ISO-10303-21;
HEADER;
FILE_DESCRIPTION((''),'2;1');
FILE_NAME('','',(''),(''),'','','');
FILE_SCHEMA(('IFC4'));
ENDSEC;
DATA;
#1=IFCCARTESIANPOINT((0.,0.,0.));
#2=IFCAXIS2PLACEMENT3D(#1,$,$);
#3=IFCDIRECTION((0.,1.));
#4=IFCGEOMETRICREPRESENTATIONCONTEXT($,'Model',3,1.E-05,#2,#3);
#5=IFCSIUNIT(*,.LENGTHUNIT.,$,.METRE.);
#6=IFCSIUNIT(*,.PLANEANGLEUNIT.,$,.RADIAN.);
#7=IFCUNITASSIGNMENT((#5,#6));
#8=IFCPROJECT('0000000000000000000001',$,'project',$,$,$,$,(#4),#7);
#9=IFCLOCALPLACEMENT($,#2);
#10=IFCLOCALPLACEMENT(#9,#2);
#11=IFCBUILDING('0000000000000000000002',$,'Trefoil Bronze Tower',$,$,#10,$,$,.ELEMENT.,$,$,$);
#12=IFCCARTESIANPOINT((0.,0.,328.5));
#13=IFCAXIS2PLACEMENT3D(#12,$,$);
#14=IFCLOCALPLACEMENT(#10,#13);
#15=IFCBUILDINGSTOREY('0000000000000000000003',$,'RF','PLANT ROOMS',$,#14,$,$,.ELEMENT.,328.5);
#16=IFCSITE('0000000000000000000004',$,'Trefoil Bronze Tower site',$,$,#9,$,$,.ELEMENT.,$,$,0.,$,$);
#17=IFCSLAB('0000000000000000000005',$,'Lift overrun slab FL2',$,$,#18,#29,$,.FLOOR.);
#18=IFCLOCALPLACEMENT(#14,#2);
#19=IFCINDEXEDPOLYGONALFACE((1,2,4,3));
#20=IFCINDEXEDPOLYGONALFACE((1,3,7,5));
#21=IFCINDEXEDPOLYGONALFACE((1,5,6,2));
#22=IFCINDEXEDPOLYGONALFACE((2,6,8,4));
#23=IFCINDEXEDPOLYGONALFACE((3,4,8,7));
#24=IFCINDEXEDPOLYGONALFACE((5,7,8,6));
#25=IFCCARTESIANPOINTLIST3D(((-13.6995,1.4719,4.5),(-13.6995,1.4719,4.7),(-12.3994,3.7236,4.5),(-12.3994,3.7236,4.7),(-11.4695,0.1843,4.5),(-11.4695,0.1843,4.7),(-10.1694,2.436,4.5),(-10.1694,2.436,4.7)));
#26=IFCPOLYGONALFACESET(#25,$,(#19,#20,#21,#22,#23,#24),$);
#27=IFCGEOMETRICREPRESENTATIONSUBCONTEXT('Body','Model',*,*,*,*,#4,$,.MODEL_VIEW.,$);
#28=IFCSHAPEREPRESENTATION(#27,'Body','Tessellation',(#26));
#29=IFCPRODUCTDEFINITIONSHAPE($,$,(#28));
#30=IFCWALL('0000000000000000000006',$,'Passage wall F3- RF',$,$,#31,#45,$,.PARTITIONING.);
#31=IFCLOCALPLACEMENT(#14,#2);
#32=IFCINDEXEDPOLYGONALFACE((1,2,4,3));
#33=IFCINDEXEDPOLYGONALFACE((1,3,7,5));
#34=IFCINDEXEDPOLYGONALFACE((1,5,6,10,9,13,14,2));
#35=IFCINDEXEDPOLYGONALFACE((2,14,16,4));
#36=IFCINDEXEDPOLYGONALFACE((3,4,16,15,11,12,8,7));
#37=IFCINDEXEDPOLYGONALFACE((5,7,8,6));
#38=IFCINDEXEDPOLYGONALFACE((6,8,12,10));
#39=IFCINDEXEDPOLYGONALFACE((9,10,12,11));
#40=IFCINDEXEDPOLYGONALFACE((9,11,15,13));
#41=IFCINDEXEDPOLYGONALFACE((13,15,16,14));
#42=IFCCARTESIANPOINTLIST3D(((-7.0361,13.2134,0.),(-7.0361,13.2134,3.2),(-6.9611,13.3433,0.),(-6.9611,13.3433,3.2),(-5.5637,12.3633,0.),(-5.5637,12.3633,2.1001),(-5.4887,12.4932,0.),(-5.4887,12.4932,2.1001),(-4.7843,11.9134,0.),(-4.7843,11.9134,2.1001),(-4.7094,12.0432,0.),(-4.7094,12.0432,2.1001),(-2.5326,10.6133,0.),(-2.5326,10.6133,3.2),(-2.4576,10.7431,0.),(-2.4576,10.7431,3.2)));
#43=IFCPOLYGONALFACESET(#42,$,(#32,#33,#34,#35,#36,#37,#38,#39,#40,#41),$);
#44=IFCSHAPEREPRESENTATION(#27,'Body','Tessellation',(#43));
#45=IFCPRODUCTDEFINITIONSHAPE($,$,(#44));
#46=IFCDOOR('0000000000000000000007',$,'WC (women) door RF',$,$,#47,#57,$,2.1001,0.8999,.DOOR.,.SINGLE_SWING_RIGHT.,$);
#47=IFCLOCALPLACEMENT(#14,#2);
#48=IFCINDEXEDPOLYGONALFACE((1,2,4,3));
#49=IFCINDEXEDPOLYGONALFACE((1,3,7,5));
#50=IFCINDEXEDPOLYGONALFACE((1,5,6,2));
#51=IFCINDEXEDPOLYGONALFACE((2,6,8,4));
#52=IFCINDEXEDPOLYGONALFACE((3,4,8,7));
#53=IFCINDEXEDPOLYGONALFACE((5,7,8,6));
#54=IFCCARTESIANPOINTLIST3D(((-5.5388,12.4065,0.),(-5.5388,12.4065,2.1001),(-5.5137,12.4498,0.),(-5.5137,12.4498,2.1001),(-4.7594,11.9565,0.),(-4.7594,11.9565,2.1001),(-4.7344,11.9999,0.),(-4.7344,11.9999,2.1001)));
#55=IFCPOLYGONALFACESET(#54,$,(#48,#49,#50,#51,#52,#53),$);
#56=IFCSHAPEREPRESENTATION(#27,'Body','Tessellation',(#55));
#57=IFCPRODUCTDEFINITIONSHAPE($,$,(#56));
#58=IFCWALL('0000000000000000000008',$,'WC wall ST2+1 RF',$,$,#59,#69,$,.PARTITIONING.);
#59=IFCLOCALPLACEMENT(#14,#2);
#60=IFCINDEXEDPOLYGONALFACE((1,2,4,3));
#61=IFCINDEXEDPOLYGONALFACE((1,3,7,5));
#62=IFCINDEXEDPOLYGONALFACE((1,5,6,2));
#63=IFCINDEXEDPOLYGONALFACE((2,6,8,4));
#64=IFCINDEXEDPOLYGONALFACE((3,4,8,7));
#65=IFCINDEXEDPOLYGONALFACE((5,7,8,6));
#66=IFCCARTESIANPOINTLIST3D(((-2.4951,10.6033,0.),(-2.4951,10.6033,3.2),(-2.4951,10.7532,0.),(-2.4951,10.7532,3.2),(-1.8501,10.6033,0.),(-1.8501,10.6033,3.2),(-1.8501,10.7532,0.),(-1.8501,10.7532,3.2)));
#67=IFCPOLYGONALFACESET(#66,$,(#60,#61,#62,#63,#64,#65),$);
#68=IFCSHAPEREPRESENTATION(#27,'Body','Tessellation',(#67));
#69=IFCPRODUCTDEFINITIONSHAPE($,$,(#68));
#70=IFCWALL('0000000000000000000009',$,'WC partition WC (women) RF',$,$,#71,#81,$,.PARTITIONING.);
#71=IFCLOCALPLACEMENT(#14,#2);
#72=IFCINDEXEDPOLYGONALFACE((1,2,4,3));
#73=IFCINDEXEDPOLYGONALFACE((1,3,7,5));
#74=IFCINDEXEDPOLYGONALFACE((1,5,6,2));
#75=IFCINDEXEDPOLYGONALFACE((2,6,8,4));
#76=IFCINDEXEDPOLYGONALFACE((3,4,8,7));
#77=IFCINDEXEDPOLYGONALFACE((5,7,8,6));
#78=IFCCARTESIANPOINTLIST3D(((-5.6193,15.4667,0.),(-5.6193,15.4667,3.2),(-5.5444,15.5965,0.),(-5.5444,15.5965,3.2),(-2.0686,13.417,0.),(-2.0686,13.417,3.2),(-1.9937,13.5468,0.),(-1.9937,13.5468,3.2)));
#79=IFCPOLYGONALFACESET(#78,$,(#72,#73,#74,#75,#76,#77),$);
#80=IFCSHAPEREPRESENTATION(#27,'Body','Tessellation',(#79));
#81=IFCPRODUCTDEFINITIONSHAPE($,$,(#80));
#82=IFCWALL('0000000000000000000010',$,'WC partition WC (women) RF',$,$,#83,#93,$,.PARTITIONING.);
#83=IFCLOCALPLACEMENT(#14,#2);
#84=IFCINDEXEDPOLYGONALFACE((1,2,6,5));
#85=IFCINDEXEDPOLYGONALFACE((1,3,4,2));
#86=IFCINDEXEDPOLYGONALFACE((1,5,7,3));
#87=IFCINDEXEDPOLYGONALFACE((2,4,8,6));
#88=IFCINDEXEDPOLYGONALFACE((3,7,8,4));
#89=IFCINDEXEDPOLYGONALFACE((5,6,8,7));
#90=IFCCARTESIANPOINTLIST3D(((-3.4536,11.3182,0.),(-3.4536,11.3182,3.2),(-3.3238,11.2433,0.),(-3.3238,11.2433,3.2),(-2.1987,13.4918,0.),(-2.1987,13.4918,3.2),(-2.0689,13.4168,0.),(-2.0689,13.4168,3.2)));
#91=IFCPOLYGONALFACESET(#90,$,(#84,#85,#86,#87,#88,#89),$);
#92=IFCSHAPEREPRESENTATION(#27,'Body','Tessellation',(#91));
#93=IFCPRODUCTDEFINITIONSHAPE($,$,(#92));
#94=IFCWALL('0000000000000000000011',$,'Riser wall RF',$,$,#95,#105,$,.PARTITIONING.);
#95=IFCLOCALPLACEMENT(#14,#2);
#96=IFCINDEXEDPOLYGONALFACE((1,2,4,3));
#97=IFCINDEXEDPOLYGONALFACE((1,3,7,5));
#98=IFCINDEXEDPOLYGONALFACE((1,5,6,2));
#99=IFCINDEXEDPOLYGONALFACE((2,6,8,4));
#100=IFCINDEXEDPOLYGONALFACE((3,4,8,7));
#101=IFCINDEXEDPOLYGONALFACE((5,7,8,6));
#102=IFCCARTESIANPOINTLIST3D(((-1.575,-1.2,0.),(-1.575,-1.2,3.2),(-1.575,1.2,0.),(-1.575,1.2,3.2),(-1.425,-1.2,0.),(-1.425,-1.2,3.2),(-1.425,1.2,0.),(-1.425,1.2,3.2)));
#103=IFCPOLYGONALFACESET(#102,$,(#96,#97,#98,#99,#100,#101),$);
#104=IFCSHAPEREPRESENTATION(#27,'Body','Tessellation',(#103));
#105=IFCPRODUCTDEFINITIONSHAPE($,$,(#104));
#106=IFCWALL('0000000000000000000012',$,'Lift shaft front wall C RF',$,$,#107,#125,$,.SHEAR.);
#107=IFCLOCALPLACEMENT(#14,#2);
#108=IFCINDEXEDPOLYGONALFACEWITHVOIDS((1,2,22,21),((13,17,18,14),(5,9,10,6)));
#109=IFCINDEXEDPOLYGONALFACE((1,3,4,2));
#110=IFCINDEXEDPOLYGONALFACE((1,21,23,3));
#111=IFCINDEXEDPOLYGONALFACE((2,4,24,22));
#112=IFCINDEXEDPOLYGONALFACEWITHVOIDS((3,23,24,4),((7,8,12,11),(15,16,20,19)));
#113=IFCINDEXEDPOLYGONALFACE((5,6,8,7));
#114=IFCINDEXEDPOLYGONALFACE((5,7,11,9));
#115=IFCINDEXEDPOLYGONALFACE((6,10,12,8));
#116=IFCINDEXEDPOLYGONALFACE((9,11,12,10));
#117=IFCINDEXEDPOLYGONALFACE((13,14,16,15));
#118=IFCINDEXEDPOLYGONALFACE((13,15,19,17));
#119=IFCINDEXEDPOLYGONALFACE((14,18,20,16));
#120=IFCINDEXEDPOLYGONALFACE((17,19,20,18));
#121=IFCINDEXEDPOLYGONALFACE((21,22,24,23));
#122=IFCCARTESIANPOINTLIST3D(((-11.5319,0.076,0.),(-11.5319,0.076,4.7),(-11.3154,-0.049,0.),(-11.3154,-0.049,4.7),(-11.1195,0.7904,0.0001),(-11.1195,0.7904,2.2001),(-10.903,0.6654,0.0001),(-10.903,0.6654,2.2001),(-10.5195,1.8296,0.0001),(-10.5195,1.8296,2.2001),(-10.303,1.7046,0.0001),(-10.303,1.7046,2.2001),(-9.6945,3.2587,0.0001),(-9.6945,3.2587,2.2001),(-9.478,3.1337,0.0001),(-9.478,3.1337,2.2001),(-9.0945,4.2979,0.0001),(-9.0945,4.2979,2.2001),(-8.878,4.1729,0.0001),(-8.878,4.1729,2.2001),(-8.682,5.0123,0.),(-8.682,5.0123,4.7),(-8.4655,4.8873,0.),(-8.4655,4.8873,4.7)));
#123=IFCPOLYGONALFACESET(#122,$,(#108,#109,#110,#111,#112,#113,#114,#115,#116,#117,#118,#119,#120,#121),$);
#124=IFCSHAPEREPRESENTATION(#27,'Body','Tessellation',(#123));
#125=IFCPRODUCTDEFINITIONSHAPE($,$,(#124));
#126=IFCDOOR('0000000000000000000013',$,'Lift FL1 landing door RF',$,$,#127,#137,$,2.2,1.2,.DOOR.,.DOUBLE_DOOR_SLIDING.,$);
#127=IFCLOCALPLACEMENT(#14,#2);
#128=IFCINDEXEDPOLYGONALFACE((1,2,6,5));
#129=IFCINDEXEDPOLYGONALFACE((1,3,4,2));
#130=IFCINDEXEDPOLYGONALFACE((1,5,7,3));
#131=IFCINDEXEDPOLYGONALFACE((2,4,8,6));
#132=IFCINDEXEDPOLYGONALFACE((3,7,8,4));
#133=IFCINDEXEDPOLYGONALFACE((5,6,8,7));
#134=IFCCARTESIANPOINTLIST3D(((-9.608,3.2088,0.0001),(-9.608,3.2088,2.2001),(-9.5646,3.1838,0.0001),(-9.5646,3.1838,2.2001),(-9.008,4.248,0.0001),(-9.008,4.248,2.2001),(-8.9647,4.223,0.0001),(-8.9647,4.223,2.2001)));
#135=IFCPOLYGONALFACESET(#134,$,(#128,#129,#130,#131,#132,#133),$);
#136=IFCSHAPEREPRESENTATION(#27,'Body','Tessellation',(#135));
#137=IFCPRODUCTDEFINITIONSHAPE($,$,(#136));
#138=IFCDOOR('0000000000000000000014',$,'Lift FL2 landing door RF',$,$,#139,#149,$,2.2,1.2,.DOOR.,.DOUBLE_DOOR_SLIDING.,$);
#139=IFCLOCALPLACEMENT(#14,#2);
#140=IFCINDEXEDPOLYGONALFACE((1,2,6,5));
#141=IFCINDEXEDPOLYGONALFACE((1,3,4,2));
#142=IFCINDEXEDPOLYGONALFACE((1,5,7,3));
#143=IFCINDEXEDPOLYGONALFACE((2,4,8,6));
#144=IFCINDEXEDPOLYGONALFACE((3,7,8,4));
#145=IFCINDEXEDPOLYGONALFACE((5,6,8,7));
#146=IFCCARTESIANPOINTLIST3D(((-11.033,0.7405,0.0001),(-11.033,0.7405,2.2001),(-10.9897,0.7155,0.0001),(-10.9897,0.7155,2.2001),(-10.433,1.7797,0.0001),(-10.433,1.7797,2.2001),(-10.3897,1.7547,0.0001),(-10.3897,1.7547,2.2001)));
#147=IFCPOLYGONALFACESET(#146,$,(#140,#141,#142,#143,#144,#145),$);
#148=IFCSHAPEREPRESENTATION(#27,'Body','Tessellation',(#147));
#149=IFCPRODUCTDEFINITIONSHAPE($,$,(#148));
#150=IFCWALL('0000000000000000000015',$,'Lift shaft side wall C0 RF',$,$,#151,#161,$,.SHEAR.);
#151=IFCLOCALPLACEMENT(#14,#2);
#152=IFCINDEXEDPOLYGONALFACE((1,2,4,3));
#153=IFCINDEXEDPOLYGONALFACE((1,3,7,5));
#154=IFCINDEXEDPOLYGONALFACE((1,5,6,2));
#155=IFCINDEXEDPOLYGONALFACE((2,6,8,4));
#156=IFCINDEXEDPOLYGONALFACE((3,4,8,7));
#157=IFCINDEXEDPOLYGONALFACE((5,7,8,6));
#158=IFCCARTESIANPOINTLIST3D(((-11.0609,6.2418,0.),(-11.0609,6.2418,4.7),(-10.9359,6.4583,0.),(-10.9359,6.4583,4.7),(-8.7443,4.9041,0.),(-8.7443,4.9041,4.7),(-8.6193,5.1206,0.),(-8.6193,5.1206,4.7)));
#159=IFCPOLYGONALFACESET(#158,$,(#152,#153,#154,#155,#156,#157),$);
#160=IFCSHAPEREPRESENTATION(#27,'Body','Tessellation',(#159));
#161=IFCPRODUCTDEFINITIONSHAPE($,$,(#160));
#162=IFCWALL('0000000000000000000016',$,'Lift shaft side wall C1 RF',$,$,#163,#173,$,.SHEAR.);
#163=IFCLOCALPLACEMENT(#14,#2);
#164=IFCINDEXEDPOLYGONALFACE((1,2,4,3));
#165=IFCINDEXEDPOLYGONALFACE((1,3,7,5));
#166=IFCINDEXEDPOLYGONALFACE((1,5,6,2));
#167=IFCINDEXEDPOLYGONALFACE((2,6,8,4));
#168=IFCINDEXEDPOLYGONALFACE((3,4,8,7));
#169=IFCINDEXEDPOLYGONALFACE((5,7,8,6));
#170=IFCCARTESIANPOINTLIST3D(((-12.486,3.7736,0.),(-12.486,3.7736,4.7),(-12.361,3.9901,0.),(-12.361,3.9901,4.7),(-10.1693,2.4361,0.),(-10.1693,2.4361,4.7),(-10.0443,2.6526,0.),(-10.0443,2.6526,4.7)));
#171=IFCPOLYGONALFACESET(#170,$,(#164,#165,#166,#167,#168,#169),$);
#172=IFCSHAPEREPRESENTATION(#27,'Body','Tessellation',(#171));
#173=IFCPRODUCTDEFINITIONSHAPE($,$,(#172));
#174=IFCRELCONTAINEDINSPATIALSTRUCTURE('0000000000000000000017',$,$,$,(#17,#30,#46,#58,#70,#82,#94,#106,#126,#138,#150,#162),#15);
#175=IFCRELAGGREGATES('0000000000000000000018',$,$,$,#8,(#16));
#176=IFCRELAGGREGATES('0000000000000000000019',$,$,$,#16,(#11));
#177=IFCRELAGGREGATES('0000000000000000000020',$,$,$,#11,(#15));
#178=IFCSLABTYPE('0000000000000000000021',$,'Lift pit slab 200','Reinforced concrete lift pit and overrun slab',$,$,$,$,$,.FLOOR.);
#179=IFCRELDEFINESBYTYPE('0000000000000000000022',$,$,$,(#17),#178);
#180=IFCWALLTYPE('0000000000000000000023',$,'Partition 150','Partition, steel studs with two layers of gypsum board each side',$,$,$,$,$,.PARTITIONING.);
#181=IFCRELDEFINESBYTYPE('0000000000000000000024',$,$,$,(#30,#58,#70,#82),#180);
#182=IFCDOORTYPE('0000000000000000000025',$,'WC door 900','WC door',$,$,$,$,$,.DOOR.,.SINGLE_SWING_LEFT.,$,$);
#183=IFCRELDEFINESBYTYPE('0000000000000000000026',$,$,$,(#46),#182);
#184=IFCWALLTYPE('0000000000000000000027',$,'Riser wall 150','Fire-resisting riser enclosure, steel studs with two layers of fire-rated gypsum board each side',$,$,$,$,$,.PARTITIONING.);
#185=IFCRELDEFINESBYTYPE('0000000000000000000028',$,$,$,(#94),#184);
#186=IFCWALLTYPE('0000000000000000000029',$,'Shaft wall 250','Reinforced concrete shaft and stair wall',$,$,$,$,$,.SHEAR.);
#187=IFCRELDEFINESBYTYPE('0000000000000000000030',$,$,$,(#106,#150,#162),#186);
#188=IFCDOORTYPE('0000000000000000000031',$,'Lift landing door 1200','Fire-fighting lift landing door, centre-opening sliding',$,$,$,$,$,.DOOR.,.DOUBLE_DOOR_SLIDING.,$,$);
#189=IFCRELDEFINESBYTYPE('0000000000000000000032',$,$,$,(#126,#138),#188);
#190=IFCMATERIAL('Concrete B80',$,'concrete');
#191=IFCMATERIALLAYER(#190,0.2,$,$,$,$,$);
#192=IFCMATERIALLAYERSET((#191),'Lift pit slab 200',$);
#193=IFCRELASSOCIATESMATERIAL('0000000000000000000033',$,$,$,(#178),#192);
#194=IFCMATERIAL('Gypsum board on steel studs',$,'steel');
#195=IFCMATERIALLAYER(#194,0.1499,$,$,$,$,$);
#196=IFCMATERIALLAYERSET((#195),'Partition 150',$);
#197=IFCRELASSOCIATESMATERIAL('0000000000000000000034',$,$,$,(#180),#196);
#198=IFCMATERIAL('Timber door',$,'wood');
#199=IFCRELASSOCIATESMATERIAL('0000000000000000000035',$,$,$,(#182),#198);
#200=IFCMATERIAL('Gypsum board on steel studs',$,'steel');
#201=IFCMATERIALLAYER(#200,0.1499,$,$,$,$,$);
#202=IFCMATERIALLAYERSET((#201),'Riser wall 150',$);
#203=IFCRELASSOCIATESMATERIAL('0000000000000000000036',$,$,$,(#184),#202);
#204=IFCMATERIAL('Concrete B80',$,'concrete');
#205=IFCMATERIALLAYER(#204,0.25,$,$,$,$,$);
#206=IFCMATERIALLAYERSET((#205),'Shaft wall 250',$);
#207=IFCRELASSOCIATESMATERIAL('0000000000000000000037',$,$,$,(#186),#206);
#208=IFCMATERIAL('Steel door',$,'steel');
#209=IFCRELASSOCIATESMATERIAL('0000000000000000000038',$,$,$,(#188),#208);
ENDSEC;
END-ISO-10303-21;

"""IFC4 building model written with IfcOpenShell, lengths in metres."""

from ifc_helpers import new_model, si_unit, direction, frame, frame_2d, origin, place, context, subcontext, project, spatial, polyline, rectangle, outline, extrude, material, layer, layer_set, type_object, element, fill, save


model = new_model("IFC4")

# Units and contexts
model_context = context("Model", 3, precision=1e-05, world=origin(), true_north=direction((0.0, 1.0)))
body_context = subcontext(model_context, "Body", "Model", "MODEL_VIEW")
ifc_project = project(units=[si_unit("LENGTHUNIT", "METRE"), si_unit("PLANEANGLEUNIT", "RADIAN")], contexts=[model_context])

# Site, building, storey
site_placement = place(None, origin())
site = spatial("IfcSite", under=ifc_project, at=site_placement, Name="Trefoil Bronze Tower site", CompositionType="ELEMENT", RefElevation=0.0)
building_placement = place(site_placement, origin())
building = spatial("IfcBuilding", under=site, at=building_placement, Name="Trefoil Bronze Tower", CompositionType="ELEMENT")
storey_placement = place(building_placement, frame((0.0, 0.0, 328.5)))
storey = spatial("IfcBuildingStorey", under=building, at=storey_placement, Name="RF", Description="PLANT ROOMS", CompositionType="ELEMENT", Elevation=328.5)

# Slab
ifc_material_1 = material(Name="Concrete B80", Category="concrete")
ifc_layer_1 = layer(ifc_material_1, 0.2)
ifc_layer_set_1 = layer_set([ifc_layer_1], Name="Lift pit slab 200")
slab_type_1 = type_object("IfcSlabType", Name="Lift pit slab 200", Description="Reinforced concrete lift pit and overrun slab", PredefinedType="FLOOR", material=ifc_layer_set_1)
slab_1_placement = place(storey_placement, frame((0.0, 0.0, 4.5)))
element("IfcSlab", 1, at=slab_1_placement, inside=storey, type_object=slab_type_1, Name="Lift overrun slab FL2", PredefinedType="FLOOR", context=body_context, shape_type="SweptSolid", body=[
    extrude(outline(polyline([(-10.1694, 2.436), (-11.4695, 0.1843), (-13.6995, 1.4719), (-12.3994, 3.7236), (-10.1694, 2.436)])), origin(), (0.0, 0.0, 1.0), 0.2),
])

# Wall, opening, door
ifc_material_2 = material(Name="Gypsum board on steel studs", Category="steel")
ifc_layer_2 = layer(ifc_material_2, 0.1499)
ifc_layer_set_2 = layer_set([ifc_layer_2], Name="Partition 150")
wall_type_1 = type_object("IfcWallType", Name="Partition 150", Description="Partition, steel studs with two layers of gypsum board each side", PredefinedType="PARTITIONING", material=ifc_layer_set_2)
wall_1_placement = place(storey_placement, frame((-2.4951, 10.6782, 0.0), z_axis=(0.0, 0.0, 1.0), x_axis=(-0.866021, 0.500007, 0.0)))
wall_1 = element("IfcWall", 2, at=wall_1_placement, inside=storey, type_object=wall_type_1, Name="Passage wall F3- RF", PredefinedType="PARTITIONING", context=body_context, shape_type="SweptSolid", body=[
    extrude(rectangle(XDim=5.2002, YDim=0.1499, at=frame_2d((2.6001, 0.0))), origin(), (0.0, 0.0, 1.0), 3.2),
])
opening_1_placement = place(wall_1_placement, frame((2.6001, 0.0, 0.0)))
opening_1 = element("IfcOpeningElement", 3, at=opening_1_placement, cuts=wall_1, PredefinedType="OPENING", context=body_context, shape_type="SweptSolid", body=[
    extrude(rectangle(XDim=0.8999, YDim=2.1001, at=frame_2d((0.45, 1.05))), frame((0.0, 0.085, 0.0), z_axis=(0.0, -1.0, 0.0), x_axis=(1.0, 0.0, 0.0)), (0.0, 0.0, 1.0), 0.1699),
])
ifc_material_3 = material(Name="Timber door", Category="wood")
door_type_1 = type_object("IfcDoorType", Name="WC door 900", Description="WC door", OperationType="SINGLE_SWING_LEFT", PredefinedType="DOOR", material=ifc_material_3)
door_1_placement = place(opening_1_placement, frame((0.8999, 0.0, 0.0), z_axis=(0.0, 0.0, 1.0), x_axis=(-1.0, 0.0, 0.0)))
door_1 = element("IfcDoor", 4, at=door_1_placement, inside=storey, type_object=door_type_1, Name="WC (women) door RF", OperationType="SINGLE_SWING_RIGHT", OverallHeight=2.1001, OverallWidth=0.8999, PredefinedType="DOOR", context=body_context, shape_type="SweptSolid", body=[
    extrude(rectangle(XDim=0.8999, YDim=2.1001, at=frame_2d((0.45, 1.05))), frame((0.0, 0.0249, 0.0), z_axis=(0.0, -1.0, 0.0), x_axis=(1.0, 0.0, 0.0)), (0.0, 0.0, 1.0), 0.05),
])
fill(opening_1, door_1)

# Walls
wall_2_placement = place(storey_placement, frame((-2.4951, 10.6782, 0.0), z_axis=(0.0, 0.0, 1.0), x_axis=(1.0, 0.0, 0.0)))
element("IfcWall", 5, at=wall_2_placement, inside=storey, type_object=wall_type_1, Name="WC wall ST2+1 RF", PredefinedType="PARTITIONING", context=body_context, shape_type="SweptSolid", body=[
    extrude(rectangle(XDim=0.645, YDim=0.1499, at=frame_2d((0.3225, 0.0))), origin(), (0.0, 0.0, 1.0), 3.2),
])
wall_3_placement = place(storey_placement, frame((-2.0312, 13.4819, 0.0), z_axis=(0.0, 0.0, 1.0), x_axis=(-0.866051, 0.499956, 0.0)))
element("IfcWall", 6, at=wall_3_placement, inside=storey, type_object=wall_type_1, Name="WC partition WC (women) RF", PredefinedType="PARTITIONING", context=body_context, shape_type="SweptSolid", body=[
    extrude(rectangle(XDim=4.0999, YDim=0.1499, at=frame_2d((2.0498, 0.0))), origin(), (0.0, 0.0, 1.0), 3.2),
])
wall_4_placement = place(storey_placement, frame((-3.3887, 11.2808, 0.0), z_axis=(0.0, 0.0, 1.0), x_axis=(0.499989, 0.866032, 0.0)))
element("IfcWall", 7, at=wall_4_placement, inside=storey, type_object=wall_type_1, Name="WC partition WC (women) RF", PredefinedType="PARTITIONING", context=body_context, shape_type="SweptSolid", body=[
    extrude(rectangle(XDim=2.5098, YDim=0.1499, at=frame_2d((1.2549, 0.0))), origin(), (0.0, 0.0, 1.0), 3.2),
])
ifc_material_4 = material(Name="Gypsum board on steel studs", Category="steel")
ifc_layer_3 = layer(ifc_material_4, 0.1499)
ifc_layer_set_3 = layer_set([ifc_layer_3], Name="Riser wall 150")
wall_type_2 = type_object("IfcWallType", Name="Riser wall 150", Description="Fire-resisting riser enclosure, steel studs with two layers of fire-rated gypsum board each side", PredefinedType="PARTITIONING", material=ifc_layer_set_3)
wall_5_placement = place(storey_placement, frame((-1.5, 1.2, 0.0), z_axis=(0.0, 0.0, 1.0), x_axis=(0.0, -1.0, 0.0)))
element("IfcWall", 8, at=wall_5_placement, inside=storey, type_object=wall_type_2, Name="Riser wall RF", PredefinedType="PARTITIONING", context=body_context, shape_type="SweptSolid", body=[
    extrude(rectangle(XDim=2.3999, YDim=0.1499, at=frame_2d((1.2, 0.0))), origin(), (0.0, 0.0, 1.0), 3.2),
])

# Wall, openings, doors
ifc_material_5 = material(Name="Concrete B80", Category="concrete")
ifc_layer_4 = layer(ifc_material_5, 0.25)
ifc_layer_set_4 = layer_set([ifc_layer_4], Name="Shaft wall 250")
wall_type_3 = type_object("IfcWallType", Name="Shaft wall 250", Description="Reinforced concrete shaft and stair wall", PredefinedType="SHEAR", material=ifc_layer_set_4)
wall_6_placement = place(storey_placement, frame((-8.5737, 4.95, 0.0), z_axis=(0.0, 0.0, 1.0), x_axis=(-0.499986, -0.866034, 0.0)))
wall_6 = element("IfcWall", 9, at=wall_6_placement, inside=storey, type_object=wall_type_3, Name="Lift shaft front wall C RF", PredefinedType="SHEAR", context=body_context, shape_type="SweptSolid", body=[
    extrude(rectangle(XDim=5.7, YDim=0.25, at=frame_2d((2.8501, 0.0))), origin(), (0.0, 0.0, 1.0), 4.7),
])
opening_2_placement = place(wall_6_placement, frame((0.825, 0.0, 0.0)))
opening_2 = element("IfcOpeningElement", 10, at=opening_2_placement, cuts=wall_6, PredefinedType="OPENING", context=body_context, shape_type="SweptSolid", body=[
    extrude(rectangle(XDim=1.2, YDim=2.2, at=frame_2d((0.6001, 1.1001))), frame((0.0, 0.135, 0.0), z_axis=(0.0, -1.0, 0.0), x_axis=(1.0, 0.0, 0.0)), (0.0, 0.0, 1.0), 0.27),
])
opening_3_placement = place(wall_6_placement, frame((3.675, 0.0, 0.0)))
opening_3 = element("IfcOpeningElement", 11, at=opening_3_placement, cuts=wall_6, PredefinedType="OPENING", context=body_context, shape_type="SweptSolid", body=[
    extrude(rectangle(XDim=1.2, YDim=2.2, at=frame_2d((0.6001, 1.1001))), frame((0.0, 0.135, 0.0), z_axis=(0.0, -1.0, 0.0), x_axis=(1.0, 0.0, 0.0)), (0.0, 0.0, 1.0), 0.27),
])
ifc_material_6 = material(Name="Steel door", Category="steel")
door_type_2 = type_object("IfcDoorType", Name="Lift landing door 1200", Description="Fire-fighting lift landing door, centre-opening sliding", OperationType="DOUBLE_DOOR_SLIDING", PredefinedType="DOOR", material=ifc_material_6)
door_2_placement = place(opening_2_placement, origin())
door_2 = element("IfcDoor", 12, at=door_2_placement, inside=storey, type_object=door_type_2, Name="Lift FL1 landing door RF", OperationType="DOUBLE_DOOR_SLIDING", OverallHeight=2.2, OverallWidth=1.2, PredefinedType="DOOR", context=body_context, shape_type="SweptSolid", body=[
    extrude(rectangle(XDim=1.2, YDim=2.2, at=frame_2d((0.6001, 1.1001))), frame((0.0, 0.0249, 0.0), z_axis=(0.0, -1.0, 0.0), x_axis=(1.0, 0.0, 0.0)), (0.0, 0.0, 1.0), 0.05),
])
fill(opening_2, door_2)
door_3_placement = place(opening_3_placement, origin())
door_3 = element("IfcDoor", 13, at=door_3_placement, inside=storey, type_object=door_type_2, Name="Lift FL2 landing door RF", OperationType="DOUBLE_DOOR_SLIDING", OverallHeight=2.2, OverallWidth=1.2, PredefinedType="DOOR", context=body_context, shape_type="SweptSolid", body=[
    extrude(rectangle(XDim=1.2, YDim=2.2, at=frame_2d((0.6001, 1.1001))), frame((0.0, 0.0249, 0.0), z_axis=(0.0, -1.0, 0.0), x_axis=(1.0, 0.0, 0.0)), (0.0, 0.0, 1.0), 0.05),
])
fill(opening_3, door_3)

# Walls
for number, where, z_axis, x_axis, name in (
    (14, (-8.6819, 5.0125, 0.0), (0.0, 0.0, 1.0), (-0.866005, 0.500036, 0.0), "Lift shaft side wall C0 RF"),
    (15, (-10.1069, 2.5444, 0.0), (0.0, 0.0, 1.0), (-0.866044, 0.499967, 0.0), "Lift shaft side wall C1 RF"),
):
    element("IfcWall", number, at=place(storey_placement, frame(where, z_axis=z_axis, x_axis=x_axis)), inside=storey, type_object=wall_type_3, Name=name, PredefinedType="SHEAR", context=body_context, shape_type="SweptSolid", body=[
        extrude(rectangle(XDim=2.675, YDim=0.25, at=frame_2d((1.3374, 0.0))), origin(), (0.0, 0.0, 1.0), 4.7),
    ])

save(model, "model.ifc")
